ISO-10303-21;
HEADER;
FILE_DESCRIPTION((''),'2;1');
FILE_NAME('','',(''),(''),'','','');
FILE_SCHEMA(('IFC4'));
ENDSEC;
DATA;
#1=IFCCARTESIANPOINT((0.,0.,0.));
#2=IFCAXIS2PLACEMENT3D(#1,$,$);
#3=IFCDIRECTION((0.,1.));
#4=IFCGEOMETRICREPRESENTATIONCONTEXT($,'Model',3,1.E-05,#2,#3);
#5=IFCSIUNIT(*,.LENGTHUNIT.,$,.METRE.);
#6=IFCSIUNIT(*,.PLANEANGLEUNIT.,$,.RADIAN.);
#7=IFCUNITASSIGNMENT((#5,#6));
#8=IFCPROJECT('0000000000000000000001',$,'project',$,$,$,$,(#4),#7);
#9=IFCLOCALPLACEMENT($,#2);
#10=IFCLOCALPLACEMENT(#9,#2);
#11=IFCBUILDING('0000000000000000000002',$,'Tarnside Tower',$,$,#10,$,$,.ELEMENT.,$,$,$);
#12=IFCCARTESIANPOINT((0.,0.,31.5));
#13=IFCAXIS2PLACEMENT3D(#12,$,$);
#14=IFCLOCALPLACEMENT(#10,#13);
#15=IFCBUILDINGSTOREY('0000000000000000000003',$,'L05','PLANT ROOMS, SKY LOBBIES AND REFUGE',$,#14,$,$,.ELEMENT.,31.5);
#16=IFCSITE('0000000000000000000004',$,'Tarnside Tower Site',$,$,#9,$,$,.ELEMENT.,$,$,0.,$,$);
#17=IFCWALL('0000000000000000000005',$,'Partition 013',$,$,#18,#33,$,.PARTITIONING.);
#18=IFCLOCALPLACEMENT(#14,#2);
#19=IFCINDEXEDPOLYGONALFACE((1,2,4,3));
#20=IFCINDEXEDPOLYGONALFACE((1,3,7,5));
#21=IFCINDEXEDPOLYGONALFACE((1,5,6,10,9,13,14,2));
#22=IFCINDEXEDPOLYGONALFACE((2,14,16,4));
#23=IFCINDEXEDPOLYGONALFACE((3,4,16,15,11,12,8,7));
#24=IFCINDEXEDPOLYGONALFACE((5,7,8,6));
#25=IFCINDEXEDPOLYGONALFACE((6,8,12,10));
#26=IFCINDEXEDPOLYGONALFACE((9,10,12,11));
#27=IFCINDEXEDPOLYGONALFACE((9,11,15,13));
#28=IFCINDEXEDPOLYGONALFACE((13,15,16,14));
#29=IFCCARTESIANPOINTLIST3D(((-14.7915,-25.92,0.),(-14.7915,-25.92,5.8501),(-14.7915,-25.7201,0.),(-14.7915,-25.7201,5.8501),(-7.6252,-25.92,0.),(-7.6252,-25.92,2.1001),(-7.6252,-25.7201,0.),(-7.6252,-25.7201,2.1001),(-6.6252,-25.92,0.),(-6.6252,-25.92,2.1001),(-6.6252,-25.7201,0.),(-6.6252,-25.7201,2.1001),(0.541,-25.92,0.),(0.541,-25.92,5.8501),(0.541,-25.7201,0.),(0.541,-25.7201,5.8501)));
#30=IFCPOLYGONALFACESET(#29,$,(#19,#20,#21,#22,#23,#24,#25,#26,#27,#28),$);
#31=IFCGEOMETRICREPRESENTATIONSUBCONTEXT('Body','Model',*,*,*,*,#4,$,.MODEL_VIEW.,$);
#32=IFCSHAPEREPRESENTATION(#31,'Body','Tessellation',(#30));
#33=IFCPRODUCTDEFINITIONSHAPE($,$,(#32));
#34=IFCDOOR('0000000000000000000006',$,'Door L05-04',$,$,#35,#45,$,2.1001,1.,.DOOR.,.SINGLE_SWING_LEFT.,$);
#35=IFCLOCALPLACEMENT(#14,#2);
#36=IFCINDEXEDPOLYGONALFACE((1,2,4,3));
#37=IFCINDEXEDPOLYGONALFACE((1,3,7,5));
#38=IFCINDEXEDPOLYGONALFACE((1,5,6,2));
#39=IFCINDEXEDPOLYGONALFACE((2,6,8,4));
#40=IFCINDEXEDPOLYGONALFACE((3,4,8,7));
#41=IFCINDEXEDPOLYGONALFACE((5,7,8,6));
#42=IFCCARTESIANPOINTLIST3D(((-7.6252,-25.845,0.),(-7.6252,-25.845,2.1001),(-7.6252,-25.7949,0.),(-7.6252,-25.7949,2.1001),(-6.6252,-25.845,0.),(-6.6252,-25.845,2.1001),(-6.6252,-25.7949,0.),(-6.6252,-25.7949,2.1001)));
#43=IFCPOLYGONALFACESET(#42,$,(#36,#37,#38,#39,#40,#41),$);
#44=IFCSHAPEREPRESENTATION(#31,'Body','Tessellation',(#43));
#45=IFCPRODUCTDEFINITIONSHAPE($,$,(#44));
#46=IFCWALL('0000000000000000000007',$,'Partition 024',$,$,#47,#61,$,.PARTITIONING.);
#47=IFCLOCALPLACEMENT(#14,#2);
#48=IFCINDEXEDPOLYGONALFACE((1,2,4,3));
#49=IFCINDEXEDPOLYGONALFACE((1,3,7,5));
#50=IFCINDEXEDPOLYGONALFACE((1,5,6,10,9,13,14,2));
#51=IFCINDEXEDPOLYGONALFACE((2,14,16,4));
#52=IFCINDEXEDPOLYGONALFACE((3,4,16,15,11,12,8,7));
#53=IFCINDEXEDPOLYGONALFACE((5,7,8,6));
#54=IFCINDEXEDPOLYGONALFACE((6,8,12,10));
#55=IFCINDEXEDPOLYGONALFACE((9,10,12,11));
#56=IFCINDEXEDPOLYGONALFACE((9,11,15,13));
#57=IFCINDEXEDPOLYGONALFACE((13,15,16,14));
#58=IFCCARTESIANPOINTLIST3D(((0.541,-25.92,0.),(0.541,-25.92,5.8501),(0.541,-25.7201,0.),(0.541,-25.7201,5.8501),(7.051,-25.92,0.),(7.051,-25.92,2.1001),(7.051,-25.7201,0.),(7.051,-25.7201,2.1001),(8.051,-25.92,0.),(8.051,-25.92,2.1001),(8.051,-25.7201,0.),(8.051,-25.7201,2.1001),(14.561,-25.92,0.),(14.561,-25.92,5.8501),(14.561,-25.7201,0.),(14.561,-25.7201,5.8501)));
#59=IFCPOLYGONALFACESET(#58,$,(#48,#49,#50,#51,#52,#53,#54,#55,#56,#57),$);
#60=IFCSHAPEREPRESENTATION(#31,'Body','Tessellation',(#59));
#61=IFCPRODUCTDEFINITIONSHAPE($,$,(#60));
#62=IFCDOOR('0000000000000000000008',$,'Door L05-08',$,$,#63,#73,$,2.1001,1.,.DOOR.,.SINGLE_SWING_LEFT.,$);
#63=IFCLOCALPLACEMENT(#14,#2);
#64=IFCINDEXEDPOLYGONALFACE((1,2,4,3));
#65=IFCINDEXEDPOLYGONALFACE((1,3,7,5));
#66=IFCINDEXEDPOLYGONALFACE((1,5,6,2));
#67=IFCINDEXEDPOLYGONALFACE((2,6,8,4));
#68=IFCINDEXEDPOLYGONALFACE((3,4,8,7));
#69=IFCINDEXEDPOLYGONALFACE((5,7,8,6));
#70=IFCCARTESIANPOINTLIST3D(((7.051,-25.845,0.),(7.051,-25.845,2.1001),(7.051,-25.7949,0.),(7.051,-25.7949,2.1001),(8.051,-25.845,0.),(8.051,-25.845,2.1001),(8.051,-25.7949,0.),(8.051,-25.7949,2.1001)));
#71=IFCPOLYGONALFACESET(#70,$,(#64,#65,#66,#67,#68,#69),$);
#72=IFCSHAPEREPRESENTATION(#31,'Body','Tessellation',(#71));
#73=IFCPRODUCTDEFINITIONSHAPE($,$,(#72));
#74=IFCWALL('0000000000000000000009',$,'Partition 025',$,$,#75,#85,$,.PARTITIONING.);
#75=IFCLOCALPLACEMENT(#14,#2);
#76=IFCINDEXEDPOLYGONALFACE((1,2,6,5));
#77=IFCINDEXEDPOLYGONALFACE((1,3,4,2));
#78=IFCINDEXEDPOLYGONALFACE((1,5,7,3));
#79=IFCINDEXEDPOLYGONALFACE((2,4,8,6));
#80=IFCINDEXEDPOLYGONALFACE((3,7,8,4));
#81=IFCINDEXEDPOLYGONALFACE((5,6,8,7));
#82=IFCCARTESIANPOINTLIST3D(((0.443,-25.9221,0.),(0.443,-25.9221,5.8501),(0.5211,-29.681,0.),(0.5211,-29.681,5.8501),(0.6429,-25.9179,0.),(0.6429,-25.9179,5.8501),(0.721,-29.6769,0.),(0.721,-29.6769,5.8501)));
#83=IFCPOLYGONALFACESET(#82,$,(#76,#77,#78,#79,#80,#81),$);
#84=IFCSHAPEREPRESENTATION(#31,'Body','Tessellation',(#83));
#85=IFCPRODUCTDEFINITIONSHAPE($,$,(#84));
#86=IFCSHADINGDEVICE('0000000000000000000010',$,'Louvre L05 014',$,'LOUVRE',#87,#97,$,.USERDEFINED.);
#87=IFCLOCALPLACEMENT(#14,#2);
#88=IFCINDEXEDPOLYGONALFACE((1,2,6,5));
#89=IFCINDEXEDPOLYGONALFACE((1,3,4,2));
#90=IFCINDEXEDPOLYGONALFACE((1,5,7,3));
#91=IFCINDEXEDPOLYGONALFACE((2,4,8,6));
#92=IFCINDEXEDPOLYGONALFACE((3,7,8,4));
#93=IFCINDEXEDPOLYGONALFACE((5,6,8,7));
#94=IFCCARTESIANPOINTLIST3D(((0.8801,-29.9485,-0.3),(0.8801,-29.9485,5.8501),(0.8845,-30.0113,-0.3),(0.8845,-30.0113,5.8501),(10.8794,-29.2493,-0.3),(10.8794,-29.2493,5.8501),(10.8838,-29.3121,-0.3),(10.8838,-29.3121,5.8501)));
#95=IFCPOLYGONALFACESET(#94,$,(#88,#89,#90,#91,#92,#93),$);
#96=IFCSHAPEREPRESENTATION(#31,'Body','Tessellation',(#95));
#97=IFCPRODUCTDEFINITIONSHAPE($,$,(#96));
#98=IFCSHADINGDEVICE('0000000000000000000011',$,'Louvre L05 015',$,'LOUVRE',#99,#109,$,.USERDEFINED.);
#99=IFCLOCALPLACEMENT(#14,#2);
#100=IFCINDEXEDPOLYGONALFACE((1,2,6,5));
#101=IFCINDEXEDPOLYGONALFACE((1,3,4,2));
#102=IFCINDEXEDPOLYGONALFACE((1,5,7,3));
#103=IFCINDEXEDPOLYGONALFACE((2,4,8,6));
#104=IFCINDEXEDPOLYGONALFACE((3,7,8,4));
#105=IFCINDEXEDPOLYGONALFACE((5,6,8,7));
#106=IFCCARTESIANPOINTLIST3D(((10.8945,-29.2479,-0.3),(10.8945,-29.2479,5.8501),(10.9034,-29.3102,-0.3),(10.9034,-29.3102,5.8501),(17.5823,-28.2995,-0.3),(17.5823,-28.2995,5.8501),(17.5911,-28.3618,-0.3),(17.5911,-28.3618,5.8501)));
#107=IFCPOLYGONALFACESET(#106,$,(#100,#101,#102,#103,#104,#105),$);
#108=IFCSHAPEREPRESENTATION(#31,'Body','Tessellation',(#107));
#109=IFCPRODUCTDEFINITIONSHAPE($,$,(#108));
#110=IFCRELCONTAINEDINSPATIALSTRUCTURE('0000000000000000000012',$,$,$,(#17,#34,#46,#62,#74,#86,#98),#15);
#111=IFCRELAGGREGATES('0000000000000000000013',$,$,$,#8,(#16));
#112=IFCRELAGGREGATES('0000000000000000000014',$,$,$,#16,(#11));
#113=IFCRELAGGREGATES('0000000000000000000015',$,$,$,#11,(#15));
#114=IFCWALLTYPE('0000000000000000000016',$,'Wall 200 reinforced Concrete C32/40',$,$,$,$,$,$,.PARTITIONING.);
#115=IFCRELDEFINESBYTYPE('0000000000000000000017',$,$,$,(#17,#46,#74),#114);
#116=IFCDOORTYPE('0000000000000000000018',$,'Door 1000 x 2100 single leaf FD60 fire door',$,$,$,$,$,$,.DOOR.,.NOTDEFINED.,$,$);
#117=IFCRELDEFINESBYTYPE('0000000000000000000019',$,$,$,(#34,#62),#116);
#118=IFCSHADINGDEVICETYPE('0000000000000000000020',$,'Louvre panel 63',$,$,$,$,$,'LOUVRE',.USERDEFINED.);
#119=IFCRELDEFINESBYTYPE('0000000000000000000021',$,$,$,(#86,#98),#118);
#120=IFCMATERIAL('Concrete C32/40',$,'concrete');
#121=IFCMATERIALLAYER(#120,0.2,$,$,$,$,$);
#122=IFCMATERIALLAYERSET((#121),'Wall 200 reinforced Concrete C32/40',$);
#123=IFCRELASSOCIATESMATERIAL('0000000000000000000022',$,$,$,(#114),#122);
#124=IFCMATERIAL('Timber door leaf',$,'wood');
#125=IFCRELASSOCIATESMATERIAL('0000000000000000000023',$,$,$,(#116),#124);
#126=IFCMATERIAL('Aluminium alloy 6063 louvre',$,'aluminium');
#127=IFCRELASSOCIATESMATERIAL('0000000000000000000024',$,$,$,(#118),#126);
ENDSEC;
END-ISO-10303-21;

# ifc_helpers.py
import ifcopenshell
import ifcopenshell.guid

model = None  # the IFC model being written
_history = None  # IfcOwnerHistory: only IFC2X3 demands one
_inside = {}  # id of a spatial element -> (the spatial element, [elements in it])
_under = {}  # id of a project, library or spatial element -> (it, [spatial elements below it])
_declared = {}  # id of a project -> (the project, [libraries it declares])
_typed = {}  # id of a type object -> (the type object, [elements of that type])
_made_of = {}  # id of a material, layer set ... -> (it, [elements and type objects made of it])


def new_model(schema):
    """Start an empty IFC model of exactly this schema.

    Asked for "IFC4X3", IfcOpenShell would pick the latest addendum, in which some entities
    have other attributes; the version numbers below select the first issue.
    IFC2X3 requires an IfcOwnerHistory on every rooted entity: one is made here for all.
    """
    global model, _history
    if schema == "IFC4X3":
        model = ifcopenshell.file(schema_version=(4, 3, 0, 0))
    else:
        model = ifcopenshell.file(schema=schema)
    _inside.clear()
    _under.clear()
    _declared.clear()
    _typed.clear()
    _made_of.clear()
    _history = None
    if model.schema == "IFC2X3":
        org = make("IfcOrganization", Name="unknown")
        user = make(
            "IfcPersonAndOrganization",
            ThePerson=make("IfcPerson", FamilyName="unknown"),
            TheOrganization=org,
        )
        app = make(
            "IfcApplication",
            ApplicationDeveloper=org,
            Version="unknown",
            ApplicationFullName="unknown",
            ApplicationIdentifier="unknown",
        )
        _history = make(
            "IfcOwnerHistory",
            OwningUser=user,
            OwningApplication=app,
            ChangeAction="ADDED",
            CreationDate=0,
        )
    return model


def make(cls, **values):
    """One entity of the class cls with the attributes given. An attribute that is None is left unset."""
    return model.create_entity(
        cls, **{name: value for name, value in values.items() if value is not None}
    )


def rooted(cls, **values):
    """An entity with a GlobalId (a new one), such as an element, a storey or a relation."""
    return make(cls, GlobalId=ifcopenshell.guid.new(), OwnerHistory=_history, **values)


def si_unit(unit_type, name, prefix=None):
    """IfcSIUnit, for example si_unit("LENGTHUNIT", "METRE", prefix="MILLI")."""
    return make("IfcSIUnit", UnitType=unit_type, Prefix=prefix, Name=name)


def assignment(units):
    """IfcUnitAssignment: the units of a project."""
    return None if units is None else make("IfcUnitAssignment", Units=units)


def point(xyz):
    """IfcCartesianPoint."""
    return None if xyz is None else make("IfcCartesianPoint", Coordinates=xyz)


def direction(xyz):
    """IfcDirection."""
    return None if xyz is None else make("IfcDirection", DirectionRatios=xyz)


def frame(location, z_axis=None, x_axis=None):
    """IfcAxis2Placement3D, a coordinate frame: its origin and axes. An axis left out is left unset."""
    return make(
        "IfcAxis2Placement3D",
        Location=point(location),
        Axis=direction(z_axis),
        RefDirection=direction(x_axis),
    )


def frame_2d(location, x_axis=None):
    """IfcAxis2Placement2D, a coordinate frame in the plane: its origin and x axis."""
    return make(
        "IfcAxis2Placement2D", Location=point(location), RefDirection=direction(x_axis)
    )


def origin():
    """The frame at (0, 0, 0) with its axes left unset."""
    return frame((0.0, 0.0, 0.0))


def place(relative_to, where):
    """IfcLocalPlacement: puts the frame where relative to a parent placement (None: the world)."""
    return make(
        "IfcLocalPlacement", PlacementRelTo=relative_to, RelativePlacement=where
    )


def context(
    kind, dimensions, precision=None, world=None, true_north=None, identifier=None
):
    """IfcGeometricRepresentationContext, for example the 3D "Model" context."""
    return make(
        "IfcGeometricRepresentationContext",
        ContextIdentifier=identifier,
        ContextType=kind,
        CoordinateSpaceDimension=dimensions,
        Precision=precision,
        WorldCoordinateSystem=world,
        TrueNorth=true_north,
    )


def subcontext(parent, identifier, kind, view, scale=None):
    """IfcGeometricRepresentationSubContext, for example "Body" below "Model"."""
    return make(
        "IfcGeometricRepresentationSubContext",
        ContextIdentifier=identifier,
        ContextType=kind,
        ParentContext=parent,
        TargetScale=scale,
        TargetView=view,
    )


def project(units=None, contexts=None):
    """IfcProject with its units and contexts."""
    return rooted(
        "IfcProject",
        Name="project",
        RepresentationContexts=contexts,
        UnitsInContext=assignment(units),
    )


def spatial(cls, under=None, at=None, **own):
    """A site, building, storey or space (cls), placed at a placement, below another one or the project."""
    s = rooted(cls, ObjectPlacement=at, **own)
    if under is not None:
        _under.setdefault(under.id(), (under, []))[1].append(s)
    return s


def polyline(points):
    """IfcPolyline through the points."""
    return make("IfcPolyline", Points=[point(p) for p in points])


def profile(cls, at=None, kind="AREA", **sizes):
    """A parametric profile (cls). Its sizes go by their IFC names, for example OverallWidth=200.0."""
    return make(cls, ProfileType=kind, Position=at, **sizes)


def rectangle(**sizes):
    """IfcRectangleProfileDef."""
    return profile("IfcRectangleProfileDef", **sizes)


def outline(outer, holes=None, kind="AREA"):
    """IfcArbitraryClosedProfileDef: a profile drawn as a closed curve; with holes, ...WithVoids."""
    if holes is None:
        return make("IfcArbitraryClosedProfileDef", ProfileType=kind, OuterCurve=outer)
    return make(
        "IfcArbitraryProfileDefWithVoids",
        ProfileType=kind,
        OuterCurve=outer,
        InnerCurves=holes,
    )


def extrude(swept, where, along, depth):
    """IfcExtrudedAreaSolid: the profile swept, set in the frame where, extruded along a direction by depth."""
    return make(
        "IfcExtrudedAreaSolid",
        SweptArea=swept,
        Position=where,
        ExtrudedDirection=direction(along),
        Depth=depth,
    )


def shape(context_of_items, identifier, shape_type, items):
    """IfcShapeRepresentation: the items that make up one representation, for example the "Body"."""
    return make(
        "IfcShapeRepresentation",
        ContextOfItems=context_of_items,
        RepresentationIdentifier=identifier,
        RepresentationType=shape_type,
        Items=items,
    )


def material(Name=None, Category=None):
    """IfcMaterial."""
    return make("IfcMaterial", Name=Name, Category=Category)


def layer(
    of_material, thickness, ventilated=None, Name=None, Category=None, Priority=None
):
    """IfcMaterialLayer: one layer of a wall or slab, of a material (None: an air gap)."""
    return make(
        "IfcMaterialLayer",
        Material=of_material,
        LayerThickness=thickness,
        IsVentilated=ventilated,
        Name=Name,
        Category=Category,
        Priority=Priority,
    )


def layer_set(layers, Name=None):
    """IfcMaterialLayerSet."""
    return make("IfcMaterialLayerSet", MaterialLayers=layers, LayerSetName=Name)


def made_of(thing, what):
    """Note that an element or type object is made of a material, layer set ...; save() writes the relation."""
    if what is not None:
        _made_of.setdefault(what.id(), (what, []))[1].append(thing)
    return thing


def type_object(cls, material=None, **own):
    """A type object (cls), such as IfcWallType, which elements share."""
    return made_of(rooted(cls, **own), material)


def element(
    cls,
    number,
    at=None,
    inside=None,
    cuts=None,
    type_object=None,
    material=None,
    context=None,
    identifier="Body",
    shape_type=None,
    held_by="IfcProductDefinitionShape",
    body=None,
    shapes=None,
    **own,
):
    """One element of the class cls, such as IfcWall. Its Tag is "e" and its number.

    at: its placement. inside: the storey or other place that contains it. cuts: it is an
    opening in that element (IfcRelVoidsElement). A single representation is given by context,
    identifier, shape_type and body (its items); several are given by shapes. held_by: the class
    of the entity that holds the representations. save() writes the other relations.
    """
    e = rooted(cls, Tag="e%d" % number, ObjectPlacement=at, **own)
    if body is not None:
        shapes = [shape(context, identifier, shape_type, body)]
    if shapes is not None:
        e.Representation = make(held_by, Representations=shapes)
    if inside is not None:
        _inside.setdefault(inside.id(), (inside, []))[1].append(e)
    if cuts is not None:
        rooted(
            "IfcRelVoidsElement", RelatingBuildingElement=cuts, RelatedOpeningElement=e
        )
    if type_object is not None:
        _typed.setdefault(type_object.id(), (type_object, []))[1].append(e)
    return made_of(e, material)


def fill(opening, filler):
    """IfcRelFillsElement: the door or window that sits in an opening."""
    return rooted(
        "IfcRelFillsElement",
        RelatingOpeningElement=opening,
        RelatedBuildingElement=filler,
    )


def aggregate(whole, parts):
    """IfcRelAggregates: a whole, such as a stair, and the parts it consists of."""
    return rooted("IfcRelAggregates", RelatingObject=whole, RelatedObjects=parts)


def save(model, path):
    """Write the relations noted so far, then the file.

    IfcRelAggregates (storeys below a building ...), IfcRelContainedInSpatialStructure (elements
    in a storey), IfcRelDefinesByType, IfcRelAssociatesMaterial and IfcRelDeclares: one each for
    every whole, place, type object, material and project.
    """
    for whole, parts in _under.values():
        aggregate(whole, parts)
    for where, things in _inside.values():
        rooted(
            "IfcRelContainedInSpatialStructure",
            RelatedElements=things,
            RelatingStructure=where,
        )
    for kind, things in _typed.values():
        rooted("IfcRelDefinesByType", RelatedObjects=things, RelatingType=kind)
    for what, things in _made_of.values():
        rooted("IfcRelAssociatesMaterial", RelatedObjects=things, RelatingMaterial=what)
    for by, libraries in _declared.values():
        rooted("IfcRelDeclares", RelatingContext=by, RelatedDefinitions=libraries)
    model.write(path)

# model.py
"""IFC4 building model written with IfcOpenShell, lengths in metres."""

from ifc_helpers import new_model, si_unit, direction, frame, frame_2d, origin, place, context, subcontext, project, spatial, polyline, rectangle, outline, extrude, material, layer, layer_set, type_object, element, fill, save


model = new_model("IFC4")

# Units and contexts
model_context = context("Model", 3, precision=1e-05, world=origin(), true_north=direction((0.0, 1.0)))
body_context = subcontext(model_context, "Body", "Model", "MODEL_VIEW")
ifc_project = project(units=[si_unit("LENGTHUNIT", "METRE"), si_unit("PLANEANGLEUNIT", "RADIAN")], contexts=[model_context])

# Site, building, storey
site_placement = place(None, origin())
site = spatial("IfcSite", under=ifc_project, at=site_placement, Name="Tarnside Tower Site", CompositionType="ELEMENT", RefElevation=0.0)
building_placement = place(site_placement, origin())
building = spatial("IfcBuilding", under=site, at=building_placement, Name="Tarnside Tower", CompositionType="ELEMENT")
storey_placement = place(building_placement, frame((0.0, 0.0, 31.5)))
storey = spatial("IfcBuildingStorey", under=building, at=storey_placement, Name="L05", Description="PLANT ROOMS, SKY LOBBIES AND REFUGE", CompositionType="ELEMENT", Elevation=31.5)

# Walls, openings, doors
ifc_material_1 = material(Name="Concrete C32/40", Category="concrete")
ifc_layer = layer(ifc_material_1, 0.2)
ifc_layer_set = layer_set([ifc_layer], Name="Wall 200 reinforced Concrete C32/40")
wall_type = type_object("IfcWallType", Name="Wall 200 reinforced Concrete C32/40", PredefinedType="PARTITIONING", material=ifc_layer_set)
wall_1_placement = place(storey_placement, frame((0.541, -25.8201, 0.0), z_axis=(0.0, 0.0, 1.0), x_axis=(-1.0, 0.0, 0.0)))
wall_1 = element("IfcWall", 1, at=wall_1_placement, inside=storey, type_object=wall_type, Name="Partition 013", PredefinedType="PARTITIONING", context=body_context, shape_type="SweptSolid", body=[
    extrude(rectangle(XDim=15.3325, YDim=0.2, at=frame_2d((7.6663, 0.0))), origin(), (0.0, 0.0, 1.0), 5.8501),
])
opening_1_placement = place(wall_1_placement, frame((7.1663, 0.0, 0.0)))
opening_1 = element("IfcOpeningElement", 2, at=opening_1_placement, cuts=wall_1, PredefinedType="OPENING", context=body_context, shape_type="SweptSolid", body=[
    extrude(rectangle(XDim=1.0, YDim=2.1001, at=frame_2d((0.5, 1.05))), frame((0.0, 0.1099, 0.0), z_axis=(0.0, -1.0, 0.0), x_axis=(1.0, 0.0, 0.0)), (0.0, 0.0, 1.0), 0.22),
])
ifc_material_2 = material(Name="Timber door leaf", Category="wood")
door_type = type_object("IfcDoorType", Name="Door 1000 x 2100 single leaf FD60 fire door", OperationType="NOTDEFINED", PredefinedType="DOOR", material=ifc_material_2)
door_1_placement = place(opening_1_placement, origin())
door_1 = element("IfcDoor", 3, at=door_1_placement, inside=storey, type_object=door_type, Name="Door L05-04", OperationType="SINGLE_SWING_LEFT", OverallHeight=2.1001, OverallWidth=1.0, PredefinedType="DOOR", context=body_context, shape_type="SweptSolid", body=[
    extrude(rectangle(XDim=1.0, YDim=2.1001, at=frame_2d((0.5, 1.05))), frame((0.0, 0.0249, 0.0), z_axis=(0.0, -1.0, 0.0), x_axis=(1.0, 0.0, 0.0)), (0.0, 0.0, 1.0), 0.05),
])
fill(opening_1, door_1)
wall_2_placement = place(storey_placement, frame((14.561, -25.8201, 0.0), z_axis=(0.0, 0.0, 1.0), x_axis=(-1.0, 0.0, 0.0)))
wall_2 = element("IfcWall", 4, at=wall_2_placement, inside=storey, type_object=wall_type, Name="Partition 024", PredefinedType="PARTITIONING", context=body_context, shape_type="SweptSolid", body=[
    extrude(rectangle(XDim=14.02, YDim=0.2, at=frame_2d((7.01, 0.0))), origin(), (0.0, 0.0, 1.0), 5.8501),
])
opening_2_placement = place(wall_2_placement, frame((6.51, 0.0, 0.0)))
opening_2 = element("IfcOpeningElement", 5, at=opening_2_placement, cuts=wall_2, PredefinedType="OPENING", context=body_context, shape_type="SweptSolid", body=[
    extrude(rectangle(XDim=1.0, YDim=2.1001, at=frame_2d((0.5, 1.05))), frame((0.0, 0.1099, 0.0), z_axis=(0.0, -1.0, 0.0), x_axis=(1.0, 0.0, 0.0)), (0.0, 0.0, 1.0), 0.22),
])
door_2_placement = place(opening_2_placement, origin())
door_2 = element("IfcDoor", 6, at=door_2_placement, inside=storey, type_object=door_type, Name="Door L05-08", OperationType="SINGLE_SWING_LEFT", OverallHeight=2.1001, OverallWidth=1.0, PredefinedType="DOOR", context=body_context, shape_type="SweptSolid", body=[
    extrude(rectangle(XDim=1.0, YDim=2.1001, at=frame_2d((0.5, 1.05))), frame((0.0, 0.0249, 0.0), z_axis=(0.0, -1.0, 0.0), x_axis=(1.0, 0.0, 0.0)), (0.0, 0.0, 1.0), 0.05),
])
fill(opening_2, door_2)

# Wall
wall_3_placement = place(storey_placement, frame((0.6211, -29.679, 0.0), z_axis=(0.0, 0.0, 1.0), x_axis=(-0.020779, 0.999784, 0.0)))
element("IfcWall", 7, at=wall_3_placement, inside=storey, type_object=wall_type, Name="Partition 025", PredefinedType="PARTITIONING", context=body_context, shape_type="SweptSolid", body=[
    extrude(rectangle(XDim=3.7598, YDim=0.2, at=frame_2d((1.8799, 0.0))), origin(), (0.0, 0.0, 1.0), 5.8501),
])

# Shading devices
ifc_material_3 = material(Name="Aluminium alloy 6063 louvre", Category="aluminium")
shading_device_type = type_object("IfcShadingDeviceType", Name="Louvre panel 63", ElementType="LOUVRE", PredefinedType="USERDEFINED", material=ifc_material_3)
shading_device_1_placement = place(storey_placement, frame((5.8799, -29.5989, -0.3), z_axis=(-0.997564, -0.069755, 0.0), x_axis=(0.069755, -0.997564, 0.0)))
element("IfcShadingDevice", 8, at=shading_device_1_placement, inside=storey, type_object=shading_device_type, Name="Louvre L05 014", ObjectType="LOUVRE", PredefinedType="USERDEFINED", context=body_context, shape_type="SweptSolid", body=[
    extrude(outline(polyline([(0.0, 0.0), (0.063, 0.0), (0.063, 6.1501), (0.0, 6.1501), (0.0, 0.0)])), frame((0.0, 0.0, -5.0117)), (0.0, 0.0, 1.0), 10.0237),
])
shading_device_2_placement = place(storey_placement, frame((14.2383, -28.7737, -0.3), z_axis=(-0.990094, -0.140408, 0.0), x_axis=(0.140408, -0.990094, 0.0)))
element("IfcShadingDevice", 9, at=shading_device_2_placement, inside=storey, type_object=shading_device_type, Name="Louvre L05 015", ObjectType="LOUVRE", PredefinedType="USERDEFINED", context=body_context, shape_type="SweptSolid", body=[
    extrude(outline(polyline([(0.0, 0.0), (0.063, 0.0), (0.063, 6.1501), (0.0, 6.1501), (0.0, 0.0)])), frame((0.0, 0.0, -3.3774)), (0.0, 0.0, 1.0), 6.7546),
])

save(model, "model.ifc")
